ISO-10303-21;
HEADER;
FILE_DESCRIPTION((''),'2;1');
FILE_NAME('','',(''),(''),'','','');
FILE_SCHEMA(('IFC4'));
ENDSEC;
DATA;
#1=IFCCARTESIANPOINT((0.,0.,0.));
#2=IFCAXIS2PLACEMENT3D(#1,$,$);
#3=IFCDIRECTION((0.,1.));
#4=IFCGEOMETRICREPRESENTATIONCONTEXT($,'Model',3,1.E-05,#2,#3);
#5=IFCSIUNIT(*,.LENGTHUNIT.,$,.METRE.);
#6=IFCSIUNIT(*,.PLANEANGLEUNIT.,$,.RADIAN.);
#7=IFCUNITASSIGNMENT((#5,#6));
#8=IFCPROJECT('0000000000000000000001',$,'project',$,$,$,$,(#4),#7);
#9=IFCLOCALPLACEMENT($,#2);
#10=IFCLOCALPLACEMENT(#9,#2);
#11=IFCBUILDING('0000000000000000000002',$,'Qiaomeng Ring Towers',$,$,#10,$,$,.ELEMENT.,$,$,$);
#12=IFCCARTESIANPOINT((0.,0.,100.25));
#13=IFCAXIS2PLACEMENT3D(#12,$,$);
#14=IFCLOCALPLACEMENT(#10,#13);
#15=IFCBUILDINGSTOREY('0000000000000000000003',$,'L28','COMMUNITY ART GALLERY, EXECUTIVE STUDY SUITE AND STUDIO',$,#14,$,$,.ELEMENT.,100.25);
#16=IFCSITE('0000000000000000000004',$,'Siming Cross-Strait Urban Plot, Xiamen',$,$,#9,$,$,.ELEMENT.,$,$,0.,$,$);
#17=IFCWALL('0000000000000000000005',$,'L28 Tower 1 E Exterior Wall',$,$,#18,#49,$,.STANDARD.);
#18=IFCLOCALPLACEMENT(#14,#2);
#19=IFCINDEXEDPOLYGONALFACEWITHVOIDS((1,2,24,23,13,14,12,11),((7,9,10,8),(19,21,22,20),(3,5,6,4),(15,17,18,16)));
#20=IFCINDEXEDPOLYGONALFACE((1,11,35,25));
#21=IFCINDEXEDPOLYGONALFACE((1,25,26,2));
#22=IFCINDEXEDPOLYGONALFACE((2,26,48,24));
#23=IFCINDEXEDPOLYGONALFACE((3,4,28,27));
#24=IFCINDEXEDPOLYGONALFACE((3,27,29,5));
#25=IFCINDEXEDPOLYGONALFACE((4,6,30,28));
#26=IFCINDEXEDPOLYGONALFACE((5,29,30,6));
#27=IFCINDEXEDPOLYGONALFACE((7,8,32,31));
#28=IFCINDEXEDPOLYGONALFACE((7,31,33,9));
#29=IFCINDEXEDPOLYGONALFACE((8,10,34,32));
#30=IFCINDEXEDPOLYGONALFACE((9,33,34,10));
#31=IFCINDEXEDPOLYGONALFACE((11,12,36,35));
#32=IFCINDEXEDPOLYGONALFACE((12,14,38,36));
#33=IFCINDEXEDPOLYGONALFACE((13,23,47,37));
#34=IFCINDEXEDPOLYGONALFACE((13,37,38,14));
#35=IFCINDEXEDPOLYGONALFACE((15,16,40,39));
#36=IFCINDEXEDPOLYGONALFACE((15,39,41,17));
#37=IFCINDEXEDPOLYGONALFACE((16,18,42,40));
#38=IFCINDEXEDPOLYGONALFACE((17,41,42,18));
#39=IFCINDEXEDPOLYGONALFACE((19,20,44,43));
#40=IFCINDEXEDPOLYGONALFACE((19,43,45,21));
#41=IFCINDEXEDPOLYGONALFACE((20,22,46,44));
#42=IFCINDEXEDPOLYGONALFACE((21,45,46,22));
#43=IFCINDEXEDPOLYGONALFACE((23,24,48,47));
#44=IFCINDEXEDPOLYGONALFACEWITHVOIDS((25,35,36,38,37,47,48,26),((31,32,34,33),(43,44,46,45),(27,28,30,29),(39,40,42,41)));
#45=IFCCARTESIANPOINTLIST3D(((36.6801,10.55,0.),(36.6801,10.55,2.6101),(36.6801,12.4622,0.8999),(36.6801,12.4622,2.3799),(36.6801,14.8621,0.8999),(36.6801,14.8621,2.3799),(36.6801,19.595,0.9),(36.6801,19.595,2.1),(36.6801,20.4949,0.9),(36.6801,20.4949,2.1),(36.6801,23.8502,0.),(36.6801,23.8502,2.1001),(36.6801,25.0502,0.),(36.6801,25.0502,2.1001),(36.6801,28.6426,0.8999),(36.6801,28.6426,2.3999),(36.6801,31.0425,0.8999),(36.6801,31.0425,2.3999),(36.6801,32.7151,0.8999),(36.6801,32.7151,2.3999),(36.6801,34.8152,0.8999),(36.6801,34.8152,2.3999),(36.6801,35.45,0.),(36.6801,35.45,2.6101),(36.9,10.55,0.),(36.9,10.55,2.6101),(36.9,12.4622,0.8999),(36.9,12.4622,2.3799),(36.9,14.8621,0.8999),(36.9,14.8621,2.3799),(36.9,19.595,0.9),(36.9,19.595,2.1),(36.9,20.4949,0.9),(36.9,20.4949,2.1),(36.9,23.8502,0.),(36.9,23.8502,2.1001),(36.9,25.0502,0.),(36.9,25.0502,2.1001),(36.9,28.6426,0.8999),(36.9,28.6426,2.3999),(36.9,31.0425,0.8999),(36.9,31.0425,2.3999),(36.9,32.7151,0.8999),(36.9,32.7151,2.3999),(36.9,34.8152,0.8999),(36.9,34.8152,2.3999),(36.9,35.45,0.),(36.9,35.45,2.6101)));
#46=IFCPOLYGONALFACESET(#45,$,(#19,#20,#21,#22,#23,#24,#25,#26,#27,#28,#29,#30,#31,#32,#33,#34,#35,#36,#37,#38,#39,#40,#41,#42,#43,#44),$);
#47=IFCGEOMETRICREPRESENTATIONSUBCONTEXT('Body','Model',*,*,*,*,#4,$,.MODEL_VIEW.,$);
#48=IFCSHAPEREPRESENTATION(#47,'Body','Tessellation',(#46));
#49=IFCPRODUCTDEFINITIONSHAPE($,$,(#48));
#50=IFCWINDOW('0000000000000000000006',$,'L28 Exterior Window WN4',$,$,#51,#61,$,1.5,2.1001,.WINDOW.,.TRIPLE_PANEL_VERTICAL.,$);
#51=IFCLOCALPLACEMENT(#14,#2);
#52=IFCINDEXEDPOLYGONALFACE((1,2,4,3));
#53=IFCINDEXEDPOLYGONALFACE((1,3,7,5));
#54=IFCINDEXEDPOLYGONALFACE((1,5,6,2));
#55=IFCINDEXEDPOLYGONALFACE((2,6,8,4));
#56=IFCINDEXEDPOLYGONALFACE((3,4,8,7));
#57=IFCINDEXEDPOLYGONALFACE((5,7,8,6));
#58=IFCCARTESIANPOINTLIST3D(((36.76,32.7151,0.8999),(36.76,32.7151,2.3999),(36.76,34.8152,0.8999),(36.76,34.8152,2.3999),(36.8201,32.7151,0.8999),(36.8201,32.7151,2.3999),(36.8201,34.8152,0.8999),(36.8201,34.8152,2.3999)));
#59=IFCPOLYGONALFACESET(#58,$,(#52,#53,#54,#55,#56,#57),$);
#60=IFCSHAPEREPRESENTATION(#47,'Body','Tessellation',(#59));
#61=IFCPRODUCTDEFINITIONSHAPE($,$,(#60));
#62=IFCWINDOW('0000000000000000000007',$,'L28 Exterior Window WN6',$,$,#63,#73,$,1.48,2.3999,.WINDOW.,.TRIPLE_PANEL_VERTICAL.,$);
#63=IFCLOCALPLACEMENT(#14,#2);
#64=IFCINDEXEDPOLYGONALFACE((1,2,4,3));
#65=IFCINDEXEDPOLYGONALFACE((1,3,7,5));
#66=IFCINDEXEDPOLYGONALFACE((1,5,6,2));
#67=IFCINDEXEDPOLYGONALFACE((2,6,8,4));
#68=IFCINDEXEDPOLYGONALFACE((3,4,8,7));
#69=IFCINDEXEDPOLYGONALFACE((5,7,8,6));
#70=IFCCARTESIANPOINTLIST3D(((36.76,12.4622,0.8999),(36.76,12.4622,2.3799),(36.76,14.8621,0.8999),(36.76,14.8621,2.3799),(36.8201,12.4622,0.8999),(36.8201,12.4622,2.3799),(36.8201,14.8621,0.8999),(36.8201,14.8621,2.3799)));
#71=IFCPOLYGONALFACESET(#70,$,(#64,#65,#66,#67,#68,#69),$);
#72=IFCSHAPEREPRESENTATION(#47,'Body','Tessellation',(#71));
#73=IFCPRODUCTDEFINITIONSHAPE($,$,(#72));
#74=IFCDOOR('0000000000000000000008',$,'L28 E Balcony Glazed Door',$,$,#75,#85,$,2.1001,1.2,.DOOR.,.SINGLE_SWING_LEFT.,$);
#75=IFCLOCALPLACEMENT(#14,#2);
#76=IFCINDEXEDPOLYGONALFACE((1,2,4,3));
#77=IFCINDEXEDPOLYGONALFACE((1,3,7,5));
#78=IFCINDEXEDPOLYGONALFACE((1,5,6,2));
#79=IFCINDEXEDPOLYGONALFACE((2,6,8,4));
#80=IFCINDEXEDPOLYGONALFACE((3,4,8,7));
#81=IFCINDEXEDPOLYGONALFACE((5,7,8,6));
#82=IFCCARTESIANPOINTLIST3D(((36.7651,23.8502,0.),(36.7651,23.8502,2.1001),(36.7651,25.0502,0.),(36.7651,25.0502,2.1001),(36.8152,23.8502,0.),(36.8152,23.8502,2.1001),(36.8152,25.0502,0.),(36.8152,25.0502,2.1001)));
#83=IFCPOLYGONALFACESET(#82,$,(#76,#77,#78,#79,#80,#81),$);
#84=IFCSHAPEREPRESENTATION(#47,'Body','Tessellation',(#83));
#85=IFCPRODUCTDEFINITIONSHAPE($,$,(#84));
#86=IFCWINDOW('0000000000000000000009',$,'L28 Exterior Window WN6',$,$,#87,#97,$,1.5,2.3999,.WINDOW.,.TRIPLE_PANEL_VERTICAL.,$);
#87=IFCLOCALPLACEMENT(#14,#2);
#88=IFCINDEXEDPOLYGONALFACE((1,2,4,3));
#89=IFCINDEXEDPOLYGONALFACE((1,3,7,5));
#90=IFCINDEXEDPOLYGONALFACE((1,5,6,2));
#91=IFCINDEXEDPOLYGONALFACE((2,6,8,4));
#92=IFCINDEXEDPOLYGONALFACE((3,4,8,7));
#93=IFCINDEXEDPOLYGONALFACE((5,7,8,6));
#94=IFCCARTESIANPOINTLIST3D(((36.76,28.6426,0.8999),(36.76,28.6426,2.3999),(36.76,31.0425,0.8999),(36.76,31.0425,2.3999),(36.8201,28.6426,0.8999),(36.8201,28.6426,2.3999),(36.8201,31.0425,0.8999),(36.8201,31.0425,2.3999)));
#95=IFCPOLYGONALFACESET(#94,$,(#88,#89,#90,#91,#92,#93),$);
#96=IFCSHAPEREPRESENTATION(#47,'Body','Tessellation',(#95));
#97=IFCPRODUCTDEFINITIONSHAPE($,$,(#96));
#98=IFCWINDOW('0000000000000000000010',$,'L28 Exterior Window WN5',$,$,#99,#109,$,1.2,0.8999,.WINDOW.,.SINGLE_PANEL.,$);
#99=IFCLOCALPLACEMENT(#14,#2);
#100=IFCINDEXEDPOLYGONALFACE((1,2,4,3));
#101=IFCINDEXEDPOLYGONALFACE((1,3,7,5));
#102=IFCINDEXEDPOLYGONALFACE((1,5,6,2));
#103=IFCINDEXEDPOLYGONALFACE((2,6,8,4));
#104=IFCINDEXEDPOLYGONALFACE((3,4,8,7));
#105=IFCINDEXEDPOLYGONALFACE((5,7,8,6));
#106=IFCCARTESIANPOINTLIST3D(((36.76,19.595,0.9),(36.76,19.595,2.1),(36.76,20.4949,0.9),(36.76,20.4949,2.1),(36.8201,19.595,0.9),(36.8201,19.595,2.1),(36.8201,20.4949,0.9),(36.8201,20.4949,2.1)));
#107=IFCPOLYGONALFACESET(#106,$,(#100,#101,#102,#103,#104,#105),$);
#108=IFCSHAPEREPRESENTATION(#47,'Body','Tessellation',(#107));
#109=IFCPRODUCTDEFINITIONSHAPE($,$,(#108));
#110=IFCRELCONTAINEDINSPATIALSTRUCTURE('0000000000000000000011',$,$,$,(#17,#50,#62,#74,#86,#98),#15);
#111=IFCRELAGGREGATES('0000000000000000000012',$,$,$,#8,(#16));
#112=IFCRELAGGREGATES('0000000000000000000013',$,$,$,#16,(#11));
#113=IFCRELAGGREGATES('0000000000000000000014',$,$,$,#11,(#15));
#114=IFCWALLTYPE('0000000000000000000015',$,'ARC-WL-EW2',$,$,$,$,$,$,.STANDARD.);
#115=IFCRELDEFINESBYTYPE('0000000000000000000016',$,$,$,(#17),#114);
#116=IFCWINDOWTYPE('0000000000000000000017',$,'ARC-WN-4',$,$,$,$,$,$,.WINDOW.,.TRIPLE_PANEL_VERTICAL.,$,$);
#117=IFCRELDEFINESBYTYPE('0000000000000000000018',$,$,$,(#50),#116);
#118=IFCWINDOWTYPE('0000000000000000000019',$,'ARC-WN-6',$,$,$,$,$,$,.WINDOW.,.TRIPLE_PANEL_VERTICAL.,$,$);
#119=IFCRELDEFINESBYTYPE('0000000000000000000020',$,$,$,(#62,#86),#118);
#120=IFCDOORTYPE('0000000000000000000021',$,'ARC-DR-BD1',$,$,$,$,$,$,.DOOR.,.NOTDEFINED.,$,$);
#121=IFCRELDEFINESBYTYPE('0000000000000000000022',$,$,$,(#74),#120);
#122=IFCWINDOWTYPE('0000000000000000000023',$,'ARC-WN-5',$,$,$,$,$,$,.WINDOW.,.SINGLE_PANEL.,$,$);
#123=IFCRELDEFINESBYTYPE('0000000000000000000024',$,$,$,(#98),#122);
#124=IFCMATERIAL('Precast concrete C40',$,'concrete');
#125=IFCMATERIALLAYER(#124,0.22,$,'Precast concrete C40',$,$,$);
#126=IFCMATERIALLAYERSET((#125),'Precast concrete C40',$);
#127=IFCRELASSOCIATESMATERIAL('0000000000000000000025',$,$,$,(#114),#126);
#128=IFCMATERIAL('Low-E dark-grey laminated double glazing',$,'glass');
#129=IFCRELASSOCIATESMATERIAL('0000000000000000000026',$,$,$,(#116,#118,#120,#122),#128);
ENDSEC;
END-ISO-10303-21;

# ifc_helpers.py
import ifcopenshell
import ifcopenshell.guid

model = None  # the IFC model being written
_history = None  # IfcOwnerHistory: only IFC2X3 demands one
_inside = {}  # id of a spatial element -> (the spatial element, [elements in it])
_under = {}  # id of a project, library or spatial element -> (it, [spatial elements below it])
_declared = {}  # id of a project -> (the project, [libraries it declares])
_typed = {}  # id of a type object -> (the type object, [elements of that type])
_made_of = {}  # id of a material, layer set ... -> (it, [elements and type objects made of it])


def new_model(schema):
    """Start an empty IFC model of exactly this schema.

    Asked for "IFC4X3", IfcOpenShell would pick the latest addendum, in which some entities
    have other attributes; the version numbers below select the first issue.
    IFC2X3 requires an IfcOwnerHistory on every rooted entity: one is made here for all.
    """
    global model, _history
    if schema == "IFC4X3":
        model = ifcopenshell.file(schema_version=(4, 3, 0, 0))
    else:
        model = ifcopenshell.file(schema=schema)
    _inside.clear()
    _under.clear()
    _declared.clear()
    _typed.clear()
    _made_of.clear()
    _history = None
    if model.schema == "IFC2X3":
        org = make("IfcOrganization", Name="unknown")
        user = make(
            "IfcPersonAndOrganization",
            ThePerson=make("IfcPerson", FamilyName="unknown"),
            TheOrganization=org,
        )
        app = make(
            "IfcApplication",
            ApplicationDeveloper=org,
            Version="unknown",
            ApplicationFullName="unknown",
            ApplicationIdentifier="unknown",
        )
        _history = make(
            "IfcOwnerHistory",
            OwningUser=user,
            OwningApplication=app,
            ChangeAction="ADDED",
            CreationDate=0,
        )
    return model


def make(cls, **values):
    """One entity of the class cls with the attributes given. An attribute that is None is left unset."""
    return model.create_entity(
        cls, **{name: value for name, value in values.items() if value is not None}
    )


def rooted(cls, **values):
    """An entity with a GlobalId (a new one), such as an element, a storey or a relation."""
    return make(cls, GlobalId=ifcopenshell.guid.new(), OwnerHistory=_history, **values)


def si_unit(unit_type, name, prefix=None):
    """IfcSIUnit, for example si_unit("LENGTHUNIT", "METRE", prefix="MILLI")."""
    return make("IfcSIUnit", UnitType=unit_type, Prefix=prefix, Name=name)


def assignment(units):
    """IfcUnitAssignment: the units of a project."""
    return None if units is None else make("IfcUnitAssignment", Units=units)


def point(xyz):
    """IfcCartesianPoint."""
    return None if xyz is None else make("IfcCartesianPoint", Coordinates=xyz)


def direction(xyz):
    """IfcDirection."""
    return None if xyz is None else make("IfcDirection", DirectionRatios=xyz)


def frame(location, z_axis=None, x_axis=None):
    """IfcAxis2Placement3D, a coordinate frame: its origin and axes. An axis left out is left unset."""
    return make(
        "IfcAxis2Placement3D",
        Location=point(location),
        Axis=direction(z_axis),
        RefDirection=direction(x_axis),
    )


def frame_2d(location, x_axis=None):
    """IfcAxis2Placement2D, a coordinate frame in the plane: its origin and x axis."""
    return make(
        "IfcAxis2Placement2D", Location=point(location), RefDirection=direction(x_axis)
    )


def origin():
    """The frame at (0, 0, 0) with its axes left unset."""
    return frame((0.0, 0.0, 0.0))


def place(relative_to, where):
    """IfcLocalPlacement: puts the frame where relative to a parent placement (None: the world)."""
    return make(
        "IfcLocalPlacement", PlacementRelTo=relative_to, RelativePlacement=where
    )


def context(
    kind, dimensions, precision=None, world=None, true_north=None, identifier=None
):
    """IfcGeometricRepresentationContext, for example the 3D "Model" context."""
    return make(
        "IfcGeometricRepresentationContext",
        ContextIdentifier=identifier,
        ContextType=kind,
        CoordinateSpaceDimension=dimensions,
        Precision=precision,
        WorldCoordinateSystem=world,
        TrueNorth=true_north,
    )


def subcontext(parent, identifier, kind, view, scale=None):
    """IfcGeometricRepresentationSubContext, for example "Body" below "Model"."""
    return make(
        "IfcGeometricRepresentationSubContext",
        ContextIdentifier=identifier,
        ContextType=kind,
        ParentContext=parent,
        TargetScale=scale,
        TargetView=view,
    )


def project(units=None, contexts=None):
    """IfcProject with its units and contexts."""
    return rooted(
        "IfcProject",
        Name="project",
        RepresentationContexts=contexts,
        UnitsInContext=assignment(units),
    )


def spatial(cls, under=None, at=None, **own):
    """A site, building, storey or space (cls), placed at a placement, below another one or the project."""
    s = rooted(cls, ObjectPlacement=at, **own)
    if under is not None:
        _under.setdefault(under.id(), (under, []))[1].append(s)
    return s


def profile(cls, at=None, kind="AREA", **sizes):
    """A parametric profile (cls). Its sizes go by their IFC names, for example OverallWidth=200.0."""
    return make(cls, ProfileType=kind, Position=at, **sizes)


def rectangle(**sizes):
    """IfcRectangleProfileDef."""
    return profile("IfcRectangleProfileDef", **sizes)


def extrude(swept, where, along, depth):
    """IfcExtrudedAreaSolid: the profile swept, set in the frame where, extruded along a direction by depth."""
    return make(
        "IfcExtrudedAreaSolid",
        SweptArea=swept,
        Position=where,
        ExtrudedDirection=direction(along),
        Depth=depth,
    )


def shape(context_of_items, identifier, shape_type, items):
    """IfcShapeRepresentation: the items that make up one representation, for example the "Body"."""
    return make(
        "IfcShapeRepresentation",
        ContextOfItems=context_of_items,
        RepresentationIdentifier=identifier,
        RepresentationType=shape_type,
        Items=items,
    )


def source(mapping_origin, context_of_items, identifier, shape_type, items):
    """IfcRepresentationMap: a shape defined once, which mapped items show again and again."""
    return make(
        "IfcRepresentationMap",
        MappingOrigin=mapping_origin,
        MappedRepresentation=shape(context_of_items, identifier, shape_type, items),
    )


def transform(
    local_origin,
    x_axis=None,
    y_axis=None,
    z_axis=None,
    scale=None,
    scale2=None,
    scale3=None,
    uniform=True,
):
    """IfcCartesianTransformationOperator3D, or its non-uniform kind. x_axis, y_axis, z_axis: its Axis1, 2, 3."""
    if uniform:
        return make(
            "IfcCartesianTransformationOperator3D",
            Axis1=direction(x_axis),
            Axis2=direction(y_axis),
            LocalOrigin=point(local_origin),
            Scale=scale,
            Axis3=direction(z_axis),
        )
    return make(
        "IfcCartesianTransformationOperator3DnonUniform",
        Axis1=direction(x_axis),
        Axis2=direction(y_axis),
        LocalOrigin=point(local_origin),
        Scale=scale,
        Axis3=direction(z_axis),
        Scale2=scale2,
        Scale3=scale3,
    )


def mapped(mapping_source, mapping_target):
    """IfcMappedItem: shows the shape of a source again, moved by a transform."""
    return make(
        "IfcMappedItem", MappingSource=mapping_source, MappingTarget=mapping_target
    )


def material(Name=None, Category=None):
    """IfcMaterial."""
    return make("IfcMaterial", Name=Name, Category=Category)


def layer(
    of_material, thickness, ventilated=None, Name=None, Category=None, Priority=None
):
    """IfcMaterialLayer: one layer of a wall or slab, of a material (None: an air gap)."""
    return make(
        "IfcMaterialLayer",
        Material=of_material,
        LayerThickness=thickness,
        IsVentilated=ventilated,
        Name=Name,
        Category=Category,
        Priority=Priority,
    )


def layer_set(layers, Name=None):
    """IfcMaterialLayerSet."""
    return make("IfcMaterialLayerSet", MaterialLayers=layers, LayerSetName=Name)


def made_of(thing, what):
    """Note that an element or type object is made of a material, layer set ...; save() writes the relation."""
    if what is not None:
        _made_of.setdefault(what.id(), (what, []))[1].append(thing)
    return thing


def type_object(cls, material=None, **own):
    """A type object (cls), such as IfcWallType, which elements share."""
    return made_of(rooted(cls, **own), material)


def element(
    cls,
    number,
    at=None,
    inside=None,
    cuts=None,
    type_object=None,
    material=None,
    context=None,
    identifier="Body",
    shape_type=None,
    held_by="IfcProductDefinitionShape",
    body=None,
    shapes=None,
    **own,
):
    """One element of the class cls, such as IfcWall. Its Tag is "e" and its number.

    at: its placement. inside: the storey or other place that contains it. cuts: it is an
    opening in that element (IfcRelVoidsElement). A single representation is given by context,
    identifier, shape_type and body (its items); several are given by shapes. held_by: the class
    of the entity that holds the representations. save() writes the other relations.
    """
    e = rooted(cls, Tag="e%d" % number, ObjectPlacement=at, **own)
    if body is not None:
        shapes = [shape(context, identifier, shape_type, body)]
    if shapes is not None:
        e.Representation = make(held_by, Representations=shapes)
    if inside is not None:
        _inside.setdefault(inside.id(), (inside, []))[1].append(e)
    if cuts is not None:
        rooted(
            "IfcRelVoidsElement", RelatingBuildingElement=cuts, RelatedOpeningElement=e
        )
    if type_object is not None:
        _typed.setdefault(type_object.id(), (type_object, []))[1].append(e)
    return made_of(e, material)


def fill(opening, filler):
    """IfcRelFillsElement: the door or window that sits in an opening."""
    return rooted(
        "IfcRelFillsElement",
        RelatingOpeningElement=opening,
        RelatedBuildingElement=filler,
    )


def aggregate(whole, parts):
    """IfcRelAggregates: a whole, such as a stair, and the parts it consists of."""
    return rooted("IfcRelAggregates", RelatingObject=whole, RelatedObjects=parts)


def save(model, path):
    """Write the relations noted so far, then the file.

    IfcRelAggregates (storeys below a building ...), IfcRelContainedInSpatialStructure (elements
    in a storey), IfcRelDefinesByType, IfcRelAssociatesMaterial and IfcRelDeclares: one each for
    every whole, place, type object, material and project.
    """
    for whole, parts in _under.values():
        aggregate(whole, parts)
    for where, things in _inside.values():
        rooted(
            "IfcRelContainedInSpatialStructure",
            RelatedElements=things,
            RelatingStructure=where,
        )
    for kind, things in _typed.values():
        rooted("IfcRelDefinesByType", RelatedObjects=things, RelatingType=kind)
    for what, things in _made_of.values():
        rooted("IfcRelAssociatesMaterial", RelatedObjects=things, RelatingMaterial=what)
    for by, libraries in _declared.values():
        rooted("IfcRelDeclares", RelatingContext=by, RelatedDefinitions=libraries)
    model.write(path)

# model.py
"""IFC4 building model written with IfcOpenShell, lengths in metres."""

from ifc_helpers import new_model, si_unit, direction, frame, frame_2d, origin, place, context, subcontext, project, spatial, rectangle, extrude, source, transform, mapped, material, layer, layer_set, type_object, element, fill, save


model = new_model("IFC4")

# Units and contexts
model_context = context("Model", 3, precision=1e-05, world=origin(), true_north=direction((0.0, 1.0)))
body_context = subcontext(model_context, "Body", "Model", "MODEL_VIEW")
ifc_project = project(units=[si_unit("LENGTHUNIT", "METRE"), si_unit("PLANEANGLEUNIT", "RADIAN")], contexts=[model_context])

# Site, building, storey
site_placement = place(None, origin())
site = spatial("IfcSite", under=ifc_project, at=site_placement, Name="Siming Cross-Strait Urban Plot, Xiamen", CompositionType="ELEMENT", RefElevation=0.0)
building_placement = place(site_placement, origin())
building = spatial("IfcBuilding", under=site, at=building_placement, Name="Qiaomeng Ring Towers", CompositionType="ELEMENT")
storey_placement = place(building_placement, frame((0.0, 0.0, 100.25)))
storey = spatial("IfcBuildingStorey", under=building, at=storey_placement, Name="L28", Description="COMMUNITY ART GALLERY, EXECUTIVE STUDY SUITE AND STUDIO", CompositionType="ELEMENT", Elevation=100.25)

# Shared definitions
ifc_material_1 = material(Name="Low-E dark-grey laminated double glazing", Category="glass")

# Wall, openings, windows, door
ifc_material_2 = material(Name="Precast concrete C40", Category="concrete")
ifc_layer_1 = layer(ifc_material_2, 0.22, Name="Precast concrete C40")
ifc_layer_set_1 = layer_set([ifc_layer_1], Name="Precast concrete C40")
wall_type_1 = type_object("IfcWallType", Name="ARC-WL-EW2", PredefinedType="STANDARD", material=ifc_layer_set_1)
wall_1_placement = place(storey_placement, frame((36.79, 10.55, 0.0), z_axis=(0.0, 0.0, 1.0), x_axis=(0.0, 1.0, 0.0)))
wall_1 = element("IfcWall", 1, at=wall_1_placement, inside=storey, type_object=wall_type_1, Name="L28 Tower 1 E Exterior Wall", PredefinedType="STANDARD", context=body_context, shape_type="SweptSolid", body=[
    extrude(rectangle(XDim=24.8999, YDim=0.22, at=frame_2d((12.45, 0.0))), origin(), (0.0, 0.0, 1.0), 2.6101),
])
opening_1_placement = place(wall_1_placement, frame((13.3, 0.0, 0.0)))
opening_1 = element("IfcOpeningElement", 2, at=opening_1_placement, cuts=wall_1, PredefinedType="OPENING", context=body_context, shape_type="SweptSolid", body=[
    extrude(rectangle(XDim=1.2, YDim=2.1001, at=frame_2d((0.6001, 1.05))), frame((0.0, 0.1199, 0.0), z_axis=(0.0, -1.0, 0.0), x_axis=(1.0, 0.0, 0.0)), (0.0, 0.0, 1.0), 0.24),
])
opening_2_placement = place(wall_1_placement, frame((1.9121, 0.0, 0.8999)))
opening_2 = element("IfcOpeningElement", 3, at=opening_2_placement, cuts=wall_1, PredefinedType="OPENING", context=body_context, shape_type="SweptSolid", body=[
    extrude(rectangle(XDim=2.3999, YDim=1.48, at=frame_2d((1.2, 0.74))), frame((0.0, 0.1199, 0.0), z_axis=(0.0, -1.0, 0.0), x_axis=(1.0, 0.0, 0.0)), (0.0, 0.0, 1.0), 0.24),
])
opening_3_placement = place(wall_1_placement, frame((22.165, 0.0, 0.8999)))
opening_3 = element("IfcOpeningElement", 4, at=opening_3_placement, cuts=wall_1, PredefinedType="OPENING", context=body_context, shape_type="SweptSolid", body=[
    extrude(rectangle(XDim=2.1001, YDim=1.5, at=frame_2d((1.05, 0.75))), frame((0.0, 0.1199, 0.0), z_axis=(0.0, -1.0, 0.0), x_axis=(1.0, 0.0, 0.0)), (0.0, 0.0, 1.0), 0.24),
])
opening_4_placement = place(wall_1_placement, frame((18.0925, 0.0, 0.8999)))
opening_4 = element("IfcOpeningElement", 5, at=opening_4_placement, cuts=wall_1, PredefinedType="OPENING", context=body_context, shape_type="SweptSolid", body=[
    extrude(rectangle(XDim=2.3999, YDim=1.5, at=frame_2d((1.2, 0.75))), frame((0.0, 0.1199, 0.0), z_axis=(0.0, -1.0, 0.0), x_axis=(1.0, 0.0, 0.0)), (0.0, 0.0, 1.0), 0.24),
])
opening_5_placement = place(wall_1_placement, frame((9.0449, 0.0, 0.8999)))
opening_5 = element("IfcOpeningElement", 6, at=opening_5_placement, cuts=wall_1, PredefinedType="OPENING", context=body_context, shape_type="SweptSolid", body=[
    extrude(rectangle(XDim=0.8999, YDim=1.2, at=frame_2d((0.45, 0.6001))), frame((0.0, 0.1199, 0.0), z_axis=(0.0, -1.0, 0.0), x_axis=(1.0, 0.0, 0.0)), (0.0, 0.0, 1.0), 0.24),
])
window_type_1 = type_object("IfcWindowType", Name="ARC-WN-4", PartitioningType="TRIPLE_PANEL_VERTICAL", PredefinedType="WINDOW", material=ifc_material_1)
shared_shape_1 = source(origin(), body_context, "Body", "SweptSolid", [
    extrude(rectangle(XDim=2.1001, YDim=1.5, at=frame_2d((1.05, 0.75))), frame((0.0, 0.03, 0.0), z_axis=(0.0, -1.0, 0.0), x_axis=(1.0, 0.0, 0.0)), (0.0, 0.0, 1.0), 0.0601),
])
window_1_placement = place(opening_3_placement, origin())
window_1 = element("IfcWindow", 7, at=window_1_placement, inside=storey, type_object=window_type_1, Name="L28 Exterior Window WN4", OverallHeight=1.5, OverallWidth=2.1001, PartitioningType="TRIPLE_PANEL_VERTICAL", PredefinedType="WINDOW", context=body_context, shape_type="MappedRepresentation", body=[
    mapped(shared_shape_1, transform((0.0, 0.0, 0.0), x_axis=(1.0, 0.0, 0.0), y_axis=(0.0, 1.0, 0.0), z_axis=(0.0, 0.0, 1.0), scale=1.0)),
])
fill(opening_3, window_1)
window_type_2 = type_object("IfcWindowType", Name="ARC-WN-6", PartitioningType="TRIPLE_PANEL_VERTICAL", PredefinedType="WINDOW", material=ifc_material_1)
shared_shape_2 = source(origin(), body_context, "Body", "SweptSolid", [
    extrude(rectangle(XDim=2.3999, YDim=1.48, at=frame_2d((1.2, 0.74))), frame((0.0, 0.03, 0.0), z_axis=(0.0, -1.0, 0.0), x_axis=(1.0, 0.0, 0.0)), (0.0, 0.0, 1.0), 0.0601),
])
window_2_placement = place(opening_2_placement, origin())
window_2 = element("IfcWindow", 8, at=window_2_placement, inside=storey, type_object=window_type_2, Name="L28 Exterior Window WN6", OverallHeight=1.48, OverallWidth=2.3999, PartitioningType="TRIPLE_PANEL_VERTICAL", PredefinedType="WINDOW", context=body_context, shape_type="MappedRepresentation", body=[
    mapped(shared_shape_2, transform((0.0, 0.0, 0.0), x_axis=(1.0, 0.0, 0.0), y_axis=(0.0, 1.0, 0.0), z_axis=(0.0, 0.0, 1.0), scale=1.0)),
])
fill(opening_2, window_2)
door_type = type_object("IfcDoorType", Name="ARC-DR-BD1", OperationType="NOTDEFINED", PredefinedType="DOOR", material=ifc_material_1)
shared_shape_3 = source(origin(), body_context, "Body", "SweptSolid", [
    extrude(rectangle(XDim=1.2, YDim=2.1001, at=frame_2d((0.6001, 1.05))), frame((0.0, 0.0249, 0.0), z_axis=(0.0, -1.0, 0.0), x_axis=(1.0, 0.0, 0.0)), (0.0, 0.0, 1.0), 0.05),
])
door_placement = place(opening_1_placement, origin())
door = element("IfcDoor", 9, at=door_placement, inside=storey, type_object=door_type, Name="L28 E Balcony Glazed Door", OperationType="SINGLE_SWING_LEFT", OverallHeight=2.1001, OverallWidth=1.2, PredefinedType="DOOR", context=body_context, shape_type="MappedRepresentation", body=[
    mapped(shared_shape_3, transform((0.0, 0.0, 0.0), x_axis=(1.0, 0.0, 0.0), y_axis=(0.0, 1.0, 0.0), z_axis=(0.0, 0.0, 1.0), scale=1.0)),
])
fill(opening_1, door)
shared_shape_4 = source(origin(), body_context, "Body", "SweptSolid", [
    extrude(rectangle(XDim=2.3999, YDim=1.5, at=frame_2d((1.2, 0.75))), frame((0.0, 0.03, 0.0), z_axis=(0.0, -1.0, 0.0), x_axis=(1.0, 0.0, 0.0)), (0.0, 0.0, 1.0), 0.0601),
])
window_3_placement = place(opening_4_placement, origin())
window_3 = element("IfcWindow", 10, at=window_3_placement, inside=storey, type_object=window_type_2, Name="L28 Exterior Window WN6", OverallHeight=1.5, OverallWidth=2.3999, PartitioningType="TRIPLE_PANEL_VERTICAL", PredefinedType="WINDOW", context=body_context, shape_type="MappedRepresentation", body=[
    mapped(shared_shape_4, transform((0.0, 0.0, 0.0), x_axis=(1.0, 0.0, 0.0), y_axis=(0.0, 1.0, 0.0), z_axis=(0.0, 0.0, 1.0), scale=1.0)),
])
fill(opening_4, window_3)
window_type_3 = type_object("IfcWindowType", Name="ARC-WN-5", PartitioningType="SINGLE_PANEL", PredefinedType="WINDOW", material=ifc_material_1)
shared_shape_5 = source(origin(), body_context, "Body", "SweptSolid", [
    extrude(rectangle(XDim=0.8999, YDim=1.2, at=frame_2d((0.45, 0.6001))), frame((0.0, 0.03, 0.0), z_axis=(0.0, -1.0, 0.0), x_axis=(1.0, 0.0, 0.0)), (0.0, 0.0, 1.0), 0.0601),
])
window_4_placement = place(opening_5_placement, origin())
window_4 = element("IfcWindow", 11, at=window_4_placement, inside=storey, type_object=window_type_3, Name="L28 Exterior Window WN5", OverallHeight=1.2, OverallWidth=0.8999, PartitioningType="SINGLE_PANEL", PredefinedType="WINDOW", context=body_context, shape_type="MappedRepresentation", body=[
    mapped(shared_shape_5, transform((0.0, 0.0, 0.0), x_axis=(1.0, 0.0, 0.0), y_axis=(0.0, 1.0, 0.0), z_axis=(0.0, 0.0, 1.0), scale=1.0)),
])
fill(opening_5, window_4)

save(model, "model.ifc")
